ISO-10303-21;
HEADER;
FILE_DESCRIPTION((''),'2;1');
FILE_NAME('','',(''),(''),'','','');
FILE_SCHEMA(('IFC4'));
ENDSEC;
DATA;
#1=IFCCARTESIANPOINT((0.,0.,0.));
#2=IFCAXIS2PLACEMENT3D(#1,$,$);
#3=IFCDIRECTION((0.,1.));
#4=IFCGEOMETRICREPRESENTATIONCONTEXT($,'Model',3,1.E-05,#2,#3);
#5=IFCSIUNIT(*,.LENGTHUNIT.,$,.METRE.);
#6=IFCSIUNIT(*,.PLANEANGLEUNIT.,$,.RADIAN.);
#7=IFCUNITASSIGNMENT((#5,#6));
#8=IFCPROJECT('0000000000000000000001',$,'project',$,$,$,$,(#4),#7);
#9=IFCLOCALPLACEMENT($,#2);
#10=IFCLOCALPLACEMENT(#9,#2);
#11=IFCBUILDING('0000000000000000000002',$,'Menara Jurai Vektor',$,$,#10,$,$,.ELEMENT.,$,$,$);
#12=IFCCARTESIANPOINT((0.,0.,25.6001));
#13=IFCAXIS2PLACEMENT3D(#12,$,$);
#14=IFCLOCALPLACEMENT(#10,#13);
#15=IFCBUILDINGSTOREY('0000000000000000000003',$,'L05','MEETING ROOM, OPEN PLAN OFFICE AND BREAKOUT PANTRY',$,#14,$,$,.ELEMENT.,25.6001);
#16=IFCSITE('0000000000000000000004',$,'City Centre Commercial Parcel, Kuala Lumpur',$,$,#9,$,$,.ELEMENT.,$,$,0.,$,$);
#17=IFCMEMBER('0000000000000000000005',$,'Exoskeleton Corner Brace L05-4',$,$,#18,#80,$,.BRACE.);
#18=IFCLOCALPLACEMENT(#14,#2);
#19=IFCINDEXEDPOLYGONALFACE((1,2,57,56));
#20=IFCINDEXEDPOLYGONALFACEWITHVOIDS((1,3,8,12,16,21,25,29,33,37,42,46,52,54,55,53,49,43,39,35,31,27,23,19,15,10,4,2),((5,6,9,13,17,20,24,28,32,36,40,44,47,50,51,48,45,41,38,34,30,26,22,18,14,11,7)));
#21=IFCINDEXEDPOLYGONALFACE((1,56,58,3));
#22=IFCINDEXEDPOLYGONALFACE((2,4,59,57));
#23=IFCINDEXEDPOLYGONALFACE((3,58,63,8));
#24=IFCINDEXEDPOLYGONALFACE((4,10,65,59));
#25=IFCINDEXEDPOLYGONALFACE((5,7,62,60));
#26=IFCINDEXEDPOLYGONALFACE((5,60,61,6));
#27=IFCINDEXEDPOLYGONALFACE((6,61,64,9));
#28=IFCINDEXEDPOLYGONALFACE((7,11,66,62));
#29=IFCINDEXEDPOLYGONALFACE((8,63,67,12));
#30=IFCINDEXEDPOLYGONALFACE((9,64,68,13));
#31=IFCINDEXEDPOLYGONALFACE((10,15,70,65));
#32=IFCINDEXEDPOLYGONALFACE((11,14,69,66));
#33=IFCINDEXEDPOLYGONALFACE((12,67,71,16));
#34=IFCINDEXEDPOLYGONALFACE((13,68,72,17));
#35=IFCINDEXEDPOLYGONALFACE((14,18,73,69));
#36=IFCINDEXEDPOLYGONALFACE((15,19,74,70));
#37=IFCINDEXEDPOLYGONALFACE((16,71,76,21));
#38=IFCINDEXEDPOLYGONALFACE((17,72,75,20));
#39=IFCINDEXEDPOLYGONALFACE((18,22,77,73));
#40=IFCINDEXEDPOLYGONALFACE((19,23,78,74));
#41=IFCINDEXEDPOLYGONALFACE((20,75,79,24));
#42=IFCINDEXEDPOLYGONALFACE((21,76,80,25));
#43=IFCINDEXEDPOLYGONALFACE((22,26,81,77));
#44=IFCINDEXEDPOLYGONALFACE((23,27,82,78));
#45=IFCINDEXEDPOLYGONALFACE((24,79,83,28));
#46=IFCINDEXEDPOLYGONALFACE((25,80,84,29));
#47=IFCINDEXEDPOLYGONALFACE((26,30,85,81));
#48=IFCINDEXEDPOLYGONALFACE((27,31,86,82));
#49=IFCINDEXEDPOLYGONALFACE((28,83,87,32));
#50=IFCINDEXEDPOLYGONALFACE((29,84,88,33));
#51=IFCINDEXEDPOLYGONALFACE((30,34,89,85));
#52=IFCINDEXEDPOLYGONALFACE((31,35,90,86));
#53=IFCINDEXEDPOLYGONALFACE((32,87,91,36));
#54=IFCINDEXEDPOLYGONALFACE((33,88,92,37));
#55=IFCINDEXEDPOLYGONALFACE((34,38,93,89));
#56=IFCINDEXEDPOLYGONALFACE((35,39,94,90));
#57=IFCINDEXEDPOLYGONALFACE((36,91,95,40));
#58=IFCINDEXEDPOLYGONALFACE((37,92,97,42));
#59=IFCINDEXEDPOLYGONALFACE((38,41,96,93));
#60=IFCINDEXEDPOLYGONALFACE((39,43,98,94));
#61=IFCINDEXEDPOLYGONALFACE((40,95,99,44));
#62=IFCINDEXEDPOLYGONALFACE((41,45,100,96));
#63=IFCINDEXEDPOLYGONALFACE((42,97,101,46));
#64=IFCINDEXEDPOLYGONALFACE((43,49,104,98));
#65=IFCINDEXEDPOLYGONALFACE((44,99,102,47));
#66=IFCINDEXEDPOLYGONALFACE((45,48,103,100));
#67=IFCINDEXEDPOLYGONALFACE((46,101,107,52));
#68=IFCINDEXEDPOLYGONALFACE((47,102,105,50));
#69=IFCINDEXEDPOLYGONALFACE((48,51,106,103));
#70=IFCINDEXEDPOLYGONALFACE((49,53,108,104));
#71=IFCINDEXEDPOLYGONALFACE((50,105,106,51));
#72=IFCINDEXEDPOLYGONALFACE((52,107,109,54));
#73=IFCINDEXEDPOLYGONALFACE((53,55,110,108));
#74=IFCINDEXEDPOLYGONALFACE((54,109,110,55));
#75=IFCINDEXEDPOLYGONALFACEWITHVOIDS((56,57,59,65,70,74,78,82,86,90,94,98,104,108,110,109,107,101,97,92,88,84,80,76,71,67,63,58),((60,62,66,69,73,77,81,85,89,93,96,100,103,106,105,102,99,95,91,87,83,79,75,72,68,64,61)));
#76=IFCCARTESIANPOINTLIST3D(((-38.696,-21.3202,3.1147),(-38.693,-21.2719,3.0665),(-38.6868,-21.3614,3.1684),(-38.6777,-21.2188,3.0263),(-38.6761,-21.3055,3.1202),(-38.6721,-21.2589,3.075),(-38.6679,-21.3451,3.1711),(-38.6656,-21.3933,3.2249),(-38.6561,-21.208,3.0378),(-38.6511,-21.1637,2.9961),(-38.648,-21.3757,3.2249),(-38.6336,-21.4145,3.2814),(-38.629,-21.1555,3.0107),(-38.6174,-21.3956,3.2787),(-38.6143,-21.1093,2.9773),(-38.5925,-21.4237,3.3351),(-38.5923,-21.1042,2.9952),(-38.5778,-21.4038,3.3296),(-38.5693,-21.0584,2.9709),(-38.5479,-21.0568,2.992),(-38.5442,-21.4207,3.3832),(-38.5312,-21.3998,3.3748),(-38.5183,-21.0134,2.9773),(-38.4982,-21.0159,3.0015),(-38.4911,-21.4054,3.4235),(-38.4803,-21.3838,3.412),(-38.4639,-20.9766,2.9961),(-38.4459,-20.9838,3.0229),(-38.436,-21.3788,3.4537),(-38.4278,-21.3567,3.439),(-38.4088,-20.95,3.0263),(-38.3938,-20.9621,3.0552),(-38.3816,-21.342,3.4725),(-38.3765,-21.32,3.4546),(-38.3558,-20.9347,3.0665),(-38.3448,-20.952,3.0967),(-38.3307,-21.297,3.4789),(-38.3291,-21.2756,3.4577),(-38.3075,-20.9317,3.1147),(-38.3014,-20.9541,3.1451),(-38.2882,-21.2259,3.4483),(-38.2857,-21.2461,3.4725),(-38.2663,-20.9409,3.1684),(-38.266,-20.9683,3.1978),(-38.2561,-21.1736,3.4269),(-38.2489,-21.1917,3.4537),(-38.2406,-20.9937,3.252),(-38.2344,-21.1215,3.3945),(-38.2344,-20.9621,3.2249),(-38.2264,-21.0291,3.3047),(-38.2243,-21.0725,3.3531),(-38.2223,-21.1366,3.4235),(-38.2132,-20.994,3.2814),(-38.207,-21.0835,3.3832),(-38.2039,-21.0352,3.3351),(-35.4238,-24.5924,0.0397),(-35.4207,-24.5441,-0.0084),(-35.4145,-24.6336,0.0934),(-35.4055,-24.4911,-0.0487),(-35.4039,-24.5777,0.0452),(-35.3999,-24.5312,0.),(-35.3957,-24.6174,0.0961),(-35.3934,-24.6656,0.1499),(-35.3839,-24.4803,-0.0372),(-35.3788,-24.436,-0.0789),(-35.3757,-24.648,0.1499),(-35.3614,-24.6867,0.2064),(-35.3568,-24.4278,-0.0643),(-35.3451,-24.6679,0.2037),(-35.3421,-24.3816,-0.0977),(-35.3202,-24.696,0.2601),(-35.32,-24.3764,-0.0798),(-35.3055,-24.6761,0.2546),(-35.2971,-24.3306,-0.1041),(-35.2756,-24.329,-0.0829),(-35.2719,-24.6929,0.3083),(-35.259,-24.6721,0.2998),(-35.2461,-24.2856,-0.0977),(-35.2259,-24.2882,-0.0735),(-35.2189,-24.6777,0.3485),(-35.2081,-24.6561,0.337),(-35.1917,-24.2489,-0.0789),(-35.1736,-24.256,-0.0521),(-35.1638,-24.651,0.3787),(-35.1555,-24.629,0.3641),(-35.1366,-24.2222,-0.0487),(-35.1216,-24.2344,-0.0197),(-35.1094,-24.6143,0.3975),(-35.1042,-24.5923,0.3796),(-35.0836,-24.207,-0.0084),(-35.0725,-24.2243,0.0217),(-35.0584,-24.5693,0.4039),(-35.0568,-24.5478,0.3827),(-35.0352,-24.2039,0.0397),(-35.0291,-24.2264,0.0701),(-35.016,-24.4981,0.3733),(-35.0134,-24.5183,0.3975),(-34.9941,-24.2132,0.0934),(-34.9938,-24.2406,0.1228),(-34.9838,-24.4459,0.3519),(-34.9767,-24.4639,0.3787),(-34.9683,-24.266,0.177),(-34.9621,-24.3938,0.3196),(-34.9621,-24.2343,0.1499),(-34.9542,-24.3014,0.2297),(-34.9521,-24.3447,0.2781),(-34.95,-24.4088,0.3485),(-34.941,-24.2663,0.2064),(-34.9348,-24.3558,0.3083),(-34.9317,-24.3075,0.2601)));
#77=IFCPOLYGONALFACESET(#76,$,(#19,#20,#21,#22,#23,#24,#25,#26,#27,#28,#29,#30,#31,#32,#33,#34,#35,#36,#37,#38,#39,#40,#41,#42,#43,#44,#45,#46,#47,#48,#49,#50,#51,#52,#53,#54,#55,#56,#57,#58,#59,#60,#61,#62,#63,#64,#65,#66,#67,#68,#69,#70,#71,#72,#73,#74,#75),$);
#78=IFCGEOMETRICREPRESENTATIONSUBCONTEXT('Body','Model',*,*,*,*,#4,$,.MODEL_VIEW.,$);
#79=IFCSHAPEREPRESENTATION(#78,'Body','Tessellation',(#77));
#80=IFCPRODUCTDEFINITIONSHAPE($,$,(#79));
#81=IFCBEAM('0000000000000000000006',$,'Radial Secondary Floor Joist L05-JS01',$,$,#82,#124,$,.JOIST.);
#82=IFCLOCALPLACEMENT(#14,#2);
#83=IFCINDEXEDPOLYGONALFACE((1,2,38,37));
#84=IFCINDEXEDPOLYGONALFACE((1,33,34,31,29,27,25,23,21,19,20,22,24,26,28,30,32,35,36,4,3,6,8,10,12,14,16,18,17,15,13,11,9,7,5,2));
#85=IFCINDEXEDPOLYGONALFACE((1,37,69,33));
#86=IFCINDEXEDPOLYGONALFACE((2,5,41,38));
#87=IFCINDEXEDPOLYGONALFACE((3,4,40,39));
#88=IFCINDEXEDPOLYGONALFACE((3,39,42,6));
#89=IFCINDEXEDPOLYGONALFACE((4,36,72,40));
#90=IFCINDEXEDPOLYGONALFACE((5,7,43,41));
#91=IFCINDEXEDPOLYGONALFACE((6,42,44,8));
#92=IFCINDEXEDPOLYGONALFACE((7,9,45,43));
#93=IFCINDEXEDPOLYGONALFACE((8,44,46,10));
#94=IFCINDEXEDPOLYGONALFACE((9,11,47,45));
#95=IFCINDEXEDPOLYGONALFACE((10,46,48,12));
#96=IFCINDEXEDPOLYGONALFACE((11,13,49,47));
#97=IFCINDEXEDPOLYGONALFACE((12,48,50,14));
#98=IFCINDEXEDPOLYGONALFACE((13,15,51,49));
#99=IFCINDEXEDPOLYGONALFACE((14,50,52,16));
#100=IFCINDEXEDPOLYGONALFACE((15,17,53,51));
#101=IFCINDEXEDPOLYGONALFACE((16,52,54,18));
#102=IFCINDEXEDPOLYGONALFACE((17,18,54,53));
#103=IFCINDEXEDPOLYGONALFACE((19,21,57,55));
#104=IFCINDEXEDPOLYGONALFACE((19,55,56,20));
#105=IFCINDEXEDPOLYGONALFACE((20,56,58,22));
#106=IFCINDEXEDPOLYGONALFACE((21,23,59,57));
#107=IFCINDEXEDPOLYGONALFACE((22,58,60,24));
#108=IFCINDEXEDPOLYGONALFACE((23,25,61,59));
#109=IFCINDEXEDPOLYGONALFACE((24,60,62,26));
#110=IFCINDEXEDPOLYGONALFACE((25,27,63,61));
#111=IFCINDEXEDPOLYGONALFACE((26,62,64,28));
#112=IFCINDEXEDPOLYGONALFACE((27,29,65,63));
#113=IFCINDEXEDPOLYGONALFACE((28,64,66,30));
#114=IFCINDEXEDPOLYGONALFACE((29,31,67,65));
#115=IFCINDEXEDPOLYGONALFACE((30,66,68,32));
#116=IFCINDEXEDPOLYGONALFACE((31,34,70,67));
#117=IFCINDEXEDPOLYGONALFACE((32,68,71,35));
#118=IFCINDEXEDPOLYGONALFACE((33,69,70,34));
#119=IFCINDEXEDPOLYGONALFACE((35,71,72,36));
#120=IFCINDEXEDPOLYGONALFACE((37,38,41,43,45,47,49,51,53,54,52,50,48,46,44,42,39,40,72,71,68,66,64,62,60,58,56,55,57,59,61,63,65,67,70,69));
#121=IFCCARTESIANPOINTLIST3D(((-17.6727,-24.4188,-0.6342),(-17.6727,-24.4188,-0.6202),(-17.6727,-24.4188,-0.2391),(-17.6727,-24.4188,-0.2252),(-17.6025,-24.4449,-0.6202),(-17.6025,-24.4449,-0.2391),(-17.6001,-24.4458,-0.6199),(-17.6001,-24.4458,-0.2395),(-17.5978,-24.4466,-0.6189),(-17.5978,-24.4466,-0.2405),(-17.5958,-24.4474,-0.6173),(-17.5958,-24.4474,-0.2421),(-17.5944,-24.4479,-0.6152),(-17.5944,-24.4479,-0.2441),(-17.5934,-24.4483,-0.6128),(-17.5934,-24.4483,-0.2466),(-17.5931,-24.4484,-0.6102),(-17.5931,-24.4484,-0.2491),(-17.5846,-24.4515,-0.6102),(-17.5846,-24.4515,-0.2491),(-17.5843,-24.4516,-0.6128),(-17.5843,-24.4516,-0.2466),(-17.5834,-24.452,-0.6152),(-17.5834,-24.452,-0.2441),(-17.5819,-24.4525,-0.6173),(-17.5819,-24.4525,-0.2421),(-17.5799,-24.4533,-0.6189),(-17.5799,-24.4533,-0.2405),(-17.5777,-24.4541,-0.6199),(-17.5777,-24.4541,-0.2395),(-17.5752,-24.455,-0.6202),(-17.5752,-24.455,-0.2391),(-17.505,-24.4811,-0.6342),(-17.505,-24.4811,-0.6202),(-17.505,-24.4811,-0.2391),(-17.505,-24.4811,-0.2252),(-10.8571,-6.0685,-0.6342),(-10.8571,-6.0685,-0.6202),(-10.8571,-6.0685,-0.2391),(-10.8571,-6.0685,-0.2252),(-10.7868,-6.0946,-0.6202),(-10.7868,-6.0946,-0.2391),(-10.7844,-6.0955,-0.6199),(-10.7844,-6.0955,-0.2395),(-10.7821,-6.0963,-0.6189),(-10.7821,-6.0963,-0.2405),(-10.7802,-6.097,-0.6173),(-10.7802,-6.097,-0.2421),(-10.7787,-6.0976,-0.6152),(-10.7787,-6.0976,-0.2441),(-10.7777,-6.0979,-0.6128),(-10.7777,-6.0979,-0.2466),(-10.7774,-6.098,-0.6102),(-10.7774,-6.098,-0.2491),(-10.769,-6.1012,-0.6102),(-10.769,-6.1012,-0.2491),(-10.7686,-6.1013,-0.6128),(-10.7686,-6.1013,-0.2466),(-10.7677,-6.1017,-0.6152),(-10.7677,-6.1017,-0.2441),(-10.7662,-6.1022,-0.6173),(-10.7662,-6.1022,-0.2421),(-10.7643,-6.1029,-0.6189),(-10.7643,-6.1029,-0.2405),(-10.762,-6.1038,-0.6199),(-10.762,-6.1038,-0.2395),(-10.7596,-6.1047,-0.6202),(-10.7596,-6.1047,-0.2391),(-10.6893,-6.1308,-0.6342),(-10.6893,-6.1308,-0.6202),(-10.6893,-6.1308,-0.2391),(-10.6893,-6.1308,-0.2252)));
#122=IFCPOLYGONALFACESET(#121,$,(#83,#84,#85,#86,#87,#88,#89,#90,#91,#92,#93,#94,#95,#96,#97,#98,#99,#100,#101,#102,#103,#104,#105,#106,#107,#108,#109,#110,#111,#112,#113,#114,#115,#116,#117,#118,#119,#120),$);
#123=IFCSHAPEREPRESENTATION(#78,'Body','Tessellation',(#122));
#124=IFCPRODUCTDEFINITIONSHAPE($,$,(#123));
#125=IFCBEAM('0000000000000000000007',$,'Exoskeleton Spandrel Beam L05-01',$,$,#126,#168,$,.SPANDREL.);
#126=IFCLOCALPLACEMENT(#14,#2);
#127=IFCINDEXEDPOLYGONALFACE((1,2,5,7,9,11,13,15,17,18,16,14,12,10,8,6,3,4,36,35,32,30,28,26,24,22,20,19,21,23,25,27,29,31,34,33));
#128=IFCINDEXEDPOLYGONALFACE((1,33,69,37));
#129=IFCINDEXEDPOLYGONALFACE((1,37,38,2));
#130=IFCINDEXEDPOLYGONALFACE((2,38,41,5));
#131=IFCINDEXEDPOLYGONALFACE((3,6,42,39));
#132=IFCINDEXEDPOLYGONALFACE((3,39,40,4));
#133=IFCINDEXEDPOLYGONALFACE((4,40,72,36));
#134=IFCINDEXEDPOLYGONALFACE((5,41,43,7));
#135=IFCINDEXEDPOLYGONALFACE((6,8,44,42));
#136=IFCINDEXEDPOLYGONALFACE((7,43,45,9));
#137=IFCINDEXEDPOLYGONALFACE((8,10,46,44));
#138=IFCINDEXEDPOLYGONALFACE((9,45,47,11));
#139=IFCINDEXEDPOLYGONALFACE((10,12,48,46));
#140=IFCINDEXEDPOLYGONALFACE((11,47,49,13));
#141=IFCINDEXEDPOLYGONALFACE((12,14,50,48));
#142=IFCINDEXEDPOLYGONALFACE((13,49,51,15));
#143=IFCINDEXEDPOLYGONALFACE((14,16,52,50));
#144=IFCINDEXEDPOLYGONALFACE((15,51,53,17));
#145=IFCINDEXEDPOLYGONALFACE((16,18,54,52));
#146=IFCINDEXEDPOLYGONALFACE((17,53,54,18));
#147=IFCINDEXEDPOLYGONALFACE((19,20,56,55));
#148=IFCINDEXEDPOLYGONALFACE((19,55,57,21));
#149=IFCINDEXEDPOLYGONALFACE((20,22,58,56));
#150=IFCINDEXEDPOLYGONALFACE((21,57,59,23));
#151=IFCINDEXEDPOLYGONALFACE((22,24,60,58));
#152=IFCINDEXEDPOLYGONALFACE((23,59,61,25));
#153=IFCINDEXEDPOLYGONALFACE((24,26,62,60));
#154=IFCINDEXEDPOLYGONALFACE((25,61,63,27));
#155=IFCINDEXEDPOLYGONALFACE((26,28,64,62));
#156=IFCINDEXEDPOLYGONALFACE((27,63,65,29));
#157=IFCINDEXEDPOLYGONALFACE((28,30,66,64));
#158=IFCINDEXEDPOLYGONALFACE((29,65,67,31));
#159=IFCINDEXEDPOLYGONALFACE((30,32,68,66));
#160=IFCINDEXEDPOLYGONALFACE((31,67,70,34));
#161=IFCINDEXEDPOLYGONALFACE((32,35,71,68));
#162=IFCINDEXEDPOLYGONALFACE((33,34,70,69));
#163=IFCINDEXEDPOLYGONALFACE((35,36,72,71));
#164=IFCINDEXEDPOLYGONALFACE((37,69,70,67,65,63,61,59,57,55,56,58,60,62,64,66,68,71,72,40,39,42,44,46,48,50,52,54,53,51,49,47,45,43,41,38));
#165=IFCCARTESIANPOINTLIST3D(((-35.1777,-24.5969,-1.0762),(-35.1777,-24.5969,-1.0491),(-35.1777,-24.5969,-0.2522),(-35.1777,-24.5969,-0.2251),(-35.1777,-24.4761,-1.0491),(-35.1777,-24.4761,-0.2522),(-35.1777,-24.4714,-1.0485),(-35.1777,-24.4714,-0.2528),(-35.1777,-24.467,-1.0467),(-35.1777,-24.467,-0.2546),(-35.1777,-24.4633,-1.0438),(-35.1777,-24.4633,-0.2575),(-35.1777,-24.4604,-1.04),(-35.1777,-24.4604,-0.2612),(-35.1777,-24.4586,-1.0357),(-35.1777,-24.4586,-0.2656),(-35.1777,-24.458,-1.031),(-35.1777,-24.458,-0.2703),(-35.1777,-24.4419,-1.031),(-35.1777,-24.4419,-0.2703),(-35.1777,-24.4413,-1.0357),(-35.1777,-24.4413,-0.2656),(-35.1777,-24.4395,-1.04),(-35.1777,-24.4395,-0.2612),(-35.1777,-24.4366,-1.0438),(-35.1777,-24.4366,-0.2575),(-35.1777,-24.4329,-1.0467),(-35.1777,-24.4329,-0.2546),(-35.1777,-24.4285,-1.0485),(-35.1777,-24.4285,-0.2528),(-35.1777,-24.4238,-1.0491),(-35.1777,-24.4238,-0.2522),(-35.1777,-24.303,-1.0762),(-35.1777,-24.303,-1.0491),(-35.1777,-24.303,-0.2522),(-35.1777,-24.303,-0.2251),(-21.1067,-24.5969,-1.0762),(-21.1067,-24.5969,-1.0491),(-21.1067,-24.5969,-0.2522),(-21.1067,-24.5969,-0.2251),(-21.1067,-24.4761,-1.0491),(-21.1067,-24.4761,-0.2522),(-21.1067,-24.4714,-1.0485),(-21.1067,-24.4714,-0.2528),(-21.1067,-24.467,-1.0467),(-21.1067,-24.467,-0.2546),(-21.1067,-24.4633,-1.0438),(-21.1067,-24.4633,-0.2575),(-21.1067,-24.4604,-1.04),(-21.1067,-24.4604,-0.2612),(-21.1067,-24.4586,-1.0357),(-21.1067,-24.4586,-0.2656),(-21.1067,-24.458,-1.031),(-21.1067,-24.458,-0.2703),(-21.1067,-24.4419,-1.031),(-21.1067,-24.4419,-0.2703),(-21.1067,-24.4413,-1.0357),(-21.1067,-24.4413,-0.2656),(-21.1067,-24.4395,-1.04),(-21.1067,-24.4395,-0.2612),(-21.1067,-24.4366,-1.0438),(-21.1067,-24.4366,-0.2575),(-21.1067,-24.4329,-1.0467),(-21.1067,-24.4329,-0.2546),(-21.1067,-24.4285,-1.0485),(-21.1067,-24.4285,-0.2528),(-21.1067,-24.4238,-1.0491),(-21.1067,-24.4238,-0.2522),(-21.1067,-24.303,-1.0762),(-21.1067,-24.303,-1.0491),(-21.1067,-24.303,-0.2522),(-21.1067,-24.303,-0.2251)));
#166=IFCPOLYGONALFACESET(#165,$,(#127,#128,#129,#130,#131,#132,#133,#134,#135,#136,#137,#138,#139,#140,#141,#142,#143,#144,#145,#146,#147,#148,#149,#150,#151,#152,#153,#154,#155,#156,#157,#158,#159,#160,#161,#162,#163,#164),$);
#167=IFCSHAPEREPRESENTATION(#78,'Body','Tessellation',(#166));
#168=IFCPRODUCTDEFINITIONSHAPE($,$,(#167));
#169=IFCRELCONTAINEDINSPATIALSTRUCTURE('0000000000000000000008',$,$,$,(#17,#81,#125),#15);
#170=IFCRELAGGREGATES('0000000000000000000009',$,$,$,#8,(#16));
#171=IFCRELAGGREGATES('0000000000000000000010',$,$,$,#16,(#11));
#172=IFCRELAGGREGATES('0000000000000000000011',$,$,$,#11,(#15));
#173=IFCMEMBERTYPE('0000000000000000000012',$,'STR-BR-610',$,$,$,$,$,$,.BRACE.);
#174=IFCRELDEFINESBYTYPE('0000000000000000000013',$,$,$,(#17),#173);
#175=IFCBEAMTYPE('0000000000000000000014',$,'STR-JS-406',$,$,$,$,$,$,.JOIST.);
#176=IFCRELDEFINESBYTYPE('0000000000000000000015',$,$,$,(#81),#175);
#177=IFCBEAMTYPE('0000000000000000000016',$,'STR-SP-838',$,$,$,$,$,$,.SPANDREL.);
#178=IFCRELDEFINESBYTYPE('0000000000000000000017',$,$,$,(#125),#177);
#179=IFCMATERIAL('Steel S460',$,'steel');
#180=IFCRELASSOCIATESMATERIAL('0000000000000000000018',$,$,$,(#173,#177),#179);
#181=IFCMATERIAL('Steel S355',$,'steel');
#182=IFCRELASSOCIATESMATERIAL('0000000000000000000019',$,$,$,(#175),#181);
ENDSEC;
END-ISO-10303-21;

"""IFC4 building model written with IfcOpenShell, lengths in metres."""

from ifc_helpers import new_model, si_unit, direction, frame, origin, origin_2d, place, context, subcontext, project, spatial, hollow_circle, i_section, extrude, material, material_profile, profile_set, type_object, element, save


model = new_model("IFC4")

# Units and contexts
model_context = context("Model", 3, precision=1e-05, world=origin(), true_north=direction((0.0, 1.0)))
body_context = subcontext(model_context, "Body", "Model", "MODEL_VIEW")
ifc_project = project(units=[si_unit("LENGTHUNIT", "METRE"), si_unit("PLANEANGLEUNIT", "RADIAN")], contexts=[model_context])

# Site, building, storey
site_placement = place(None, origin())
site = spatial("IfcSite", under=ifc_project, at=site_placement, Name="City Centre Commercial Parcel, Kuala Lumpur", CompositionType="ELEMENT", RefElevation=0.0)
building_placement = place(site_placement, origin())
building = spatial("IfcBuilding", under=site, at=building_placement, Name="Menara Jurai Vektor", CompositionType="ELEMENT")
storey_placement = place(building_placement, frame((0.0, 0.0, 25.6001)))
storey = spatial("IfcBuildingStorey", under=building, at=storey_placement, Name="L05", Description="MEETING ROOM, OPEN PLAN OFFICE AND BREAKOUT PANTRY", CompositionType="ELEMENT", Elevation=25.6001)

# Shared definitions
ifc_material_1 = material(Name="Steel S460", Category="steel")

# Shared definitions
ifc_material_2 = material(Name="Steel S355", Category="steel")

# Member
ifc_material_profile_1 = material_profile(ifc_material_1, hollow_circle(Radius=0.3049, WallThickness=0.0249, at=origin_2d()), Name="CHS 610x25")
ifc_profile_set_1 = profile_set([ifc_material_profile_1], Name="Steel S460")
member_type_1 = type_object("IfcMemberType", Name="STR-BR-610", PredefinedType="BRACE", material=ifc_profile_set_1)
member_1_placement = place(storey_placement, frame((-35.1777, -24.45, 0.1499), z_axis=(-0.588942, 0.588942, 0.553438), x_axis=(-0.707107, -0.707107, 0.0)))
element("IfcMember", 1, at=member_1_placement, inside=storey, type_object=member_type_1, Name="Exoskeleton Corner Brace L05-4", PredefinedType="BRACE", context=body_context, shape_type="SweptSolid", body=[
    extrude(hollow_circle(Radius=0.3049, WallThickness=0.0249, at=origin_2d()), origin(), (0.0, 0.0, 1.0), 5.5562),
])

# Beams
ifc_material_profile_2 = material_profile(ifc_material_2, i_section(OverallWidth=0.179, OverallDepth=0.4089, WebThickness=0.009, FlangeThickness=0.0139, FilletRadius=0.01, at=origin_2d()), Name="UKB 406x178x67")
ifc_profile_set_2 = profile_set([ifc_material_profile_2], Name="Steel S355")
beam_type_1 = type_object("IfcBeamType", Name="STR-JS-406", PredefinedType="JOIST", material=ifc_profile_set_2)
beam_1_placement = place(storey_placement, frame((-17.5889, -24.45, -0.4297), z_axis=(0.348179, 0.937428, 0.0), x_axis=(-0.937428, 0.348179, 0.0)))
element("IfcBeam", 2, at=beam_1_placement, inside=storey, type_object=beam_type_1, Name="Radial Secondary Floor Joist L05-JS01", PredefinedType="JOIST", context=body_context, shape_type="SweptSolid", body=[
    extrude(i_section(OverallWidth=0.179, OverallDepth=0.4089, WebThickness=0.009, FlangeThickness=0.0139, FilletRadius=0.01, at=origin_2d()), origin(), (0.0, 0.0, 1.0), 19.5752),
])
ifc_material_profile_3 = material_profile(ifc_material_1, i_section(OverallWidth=0.2939, OverallDepth=0.8511, WebThickness=0.0161, FlangeThickness=0.0271, FilletRadius=0.0181, at=origin_2d()), Name="UKB 838x292x226")
ifc_profile_set_3 = profile_set([ifc_material_profile_3], Name="Steel S460")
beam_type_2 = type_object("IfcBeamType", Name="STR-SP-838", PredefinedType="SPANDREL", material=ifc_profile_set_3)
for number, where, z_axis, x_axis, name in (
    (3, (-35.1777, -24.45, -0.6506), (1.0, 0.0, 0.0), (0.0, 1.0, 0.0), "Exoskeleton Spandrel Beam L05-01"),
):
    element("IfcBeam", number, at=place(storey_placement, frame(where, z_axis=z_axis, x_axis=x_axis)), inside=storey, type_object=beam_type_2, Name=name, PredefinedType="SPANDREL", context=body_context, shape_type="SweptSolid", body=[
        extrude(i_section(OverallWidth=0.2939, OverallDepth=0.8511, WebThickness=0.0161, FlangeThickness=0.0271, FilletRadius=0.0181, at=origin_2d()), origin(), (0.0, 0.0, 1.0), 14.071),
    ])

save(model, "model.ifc")
